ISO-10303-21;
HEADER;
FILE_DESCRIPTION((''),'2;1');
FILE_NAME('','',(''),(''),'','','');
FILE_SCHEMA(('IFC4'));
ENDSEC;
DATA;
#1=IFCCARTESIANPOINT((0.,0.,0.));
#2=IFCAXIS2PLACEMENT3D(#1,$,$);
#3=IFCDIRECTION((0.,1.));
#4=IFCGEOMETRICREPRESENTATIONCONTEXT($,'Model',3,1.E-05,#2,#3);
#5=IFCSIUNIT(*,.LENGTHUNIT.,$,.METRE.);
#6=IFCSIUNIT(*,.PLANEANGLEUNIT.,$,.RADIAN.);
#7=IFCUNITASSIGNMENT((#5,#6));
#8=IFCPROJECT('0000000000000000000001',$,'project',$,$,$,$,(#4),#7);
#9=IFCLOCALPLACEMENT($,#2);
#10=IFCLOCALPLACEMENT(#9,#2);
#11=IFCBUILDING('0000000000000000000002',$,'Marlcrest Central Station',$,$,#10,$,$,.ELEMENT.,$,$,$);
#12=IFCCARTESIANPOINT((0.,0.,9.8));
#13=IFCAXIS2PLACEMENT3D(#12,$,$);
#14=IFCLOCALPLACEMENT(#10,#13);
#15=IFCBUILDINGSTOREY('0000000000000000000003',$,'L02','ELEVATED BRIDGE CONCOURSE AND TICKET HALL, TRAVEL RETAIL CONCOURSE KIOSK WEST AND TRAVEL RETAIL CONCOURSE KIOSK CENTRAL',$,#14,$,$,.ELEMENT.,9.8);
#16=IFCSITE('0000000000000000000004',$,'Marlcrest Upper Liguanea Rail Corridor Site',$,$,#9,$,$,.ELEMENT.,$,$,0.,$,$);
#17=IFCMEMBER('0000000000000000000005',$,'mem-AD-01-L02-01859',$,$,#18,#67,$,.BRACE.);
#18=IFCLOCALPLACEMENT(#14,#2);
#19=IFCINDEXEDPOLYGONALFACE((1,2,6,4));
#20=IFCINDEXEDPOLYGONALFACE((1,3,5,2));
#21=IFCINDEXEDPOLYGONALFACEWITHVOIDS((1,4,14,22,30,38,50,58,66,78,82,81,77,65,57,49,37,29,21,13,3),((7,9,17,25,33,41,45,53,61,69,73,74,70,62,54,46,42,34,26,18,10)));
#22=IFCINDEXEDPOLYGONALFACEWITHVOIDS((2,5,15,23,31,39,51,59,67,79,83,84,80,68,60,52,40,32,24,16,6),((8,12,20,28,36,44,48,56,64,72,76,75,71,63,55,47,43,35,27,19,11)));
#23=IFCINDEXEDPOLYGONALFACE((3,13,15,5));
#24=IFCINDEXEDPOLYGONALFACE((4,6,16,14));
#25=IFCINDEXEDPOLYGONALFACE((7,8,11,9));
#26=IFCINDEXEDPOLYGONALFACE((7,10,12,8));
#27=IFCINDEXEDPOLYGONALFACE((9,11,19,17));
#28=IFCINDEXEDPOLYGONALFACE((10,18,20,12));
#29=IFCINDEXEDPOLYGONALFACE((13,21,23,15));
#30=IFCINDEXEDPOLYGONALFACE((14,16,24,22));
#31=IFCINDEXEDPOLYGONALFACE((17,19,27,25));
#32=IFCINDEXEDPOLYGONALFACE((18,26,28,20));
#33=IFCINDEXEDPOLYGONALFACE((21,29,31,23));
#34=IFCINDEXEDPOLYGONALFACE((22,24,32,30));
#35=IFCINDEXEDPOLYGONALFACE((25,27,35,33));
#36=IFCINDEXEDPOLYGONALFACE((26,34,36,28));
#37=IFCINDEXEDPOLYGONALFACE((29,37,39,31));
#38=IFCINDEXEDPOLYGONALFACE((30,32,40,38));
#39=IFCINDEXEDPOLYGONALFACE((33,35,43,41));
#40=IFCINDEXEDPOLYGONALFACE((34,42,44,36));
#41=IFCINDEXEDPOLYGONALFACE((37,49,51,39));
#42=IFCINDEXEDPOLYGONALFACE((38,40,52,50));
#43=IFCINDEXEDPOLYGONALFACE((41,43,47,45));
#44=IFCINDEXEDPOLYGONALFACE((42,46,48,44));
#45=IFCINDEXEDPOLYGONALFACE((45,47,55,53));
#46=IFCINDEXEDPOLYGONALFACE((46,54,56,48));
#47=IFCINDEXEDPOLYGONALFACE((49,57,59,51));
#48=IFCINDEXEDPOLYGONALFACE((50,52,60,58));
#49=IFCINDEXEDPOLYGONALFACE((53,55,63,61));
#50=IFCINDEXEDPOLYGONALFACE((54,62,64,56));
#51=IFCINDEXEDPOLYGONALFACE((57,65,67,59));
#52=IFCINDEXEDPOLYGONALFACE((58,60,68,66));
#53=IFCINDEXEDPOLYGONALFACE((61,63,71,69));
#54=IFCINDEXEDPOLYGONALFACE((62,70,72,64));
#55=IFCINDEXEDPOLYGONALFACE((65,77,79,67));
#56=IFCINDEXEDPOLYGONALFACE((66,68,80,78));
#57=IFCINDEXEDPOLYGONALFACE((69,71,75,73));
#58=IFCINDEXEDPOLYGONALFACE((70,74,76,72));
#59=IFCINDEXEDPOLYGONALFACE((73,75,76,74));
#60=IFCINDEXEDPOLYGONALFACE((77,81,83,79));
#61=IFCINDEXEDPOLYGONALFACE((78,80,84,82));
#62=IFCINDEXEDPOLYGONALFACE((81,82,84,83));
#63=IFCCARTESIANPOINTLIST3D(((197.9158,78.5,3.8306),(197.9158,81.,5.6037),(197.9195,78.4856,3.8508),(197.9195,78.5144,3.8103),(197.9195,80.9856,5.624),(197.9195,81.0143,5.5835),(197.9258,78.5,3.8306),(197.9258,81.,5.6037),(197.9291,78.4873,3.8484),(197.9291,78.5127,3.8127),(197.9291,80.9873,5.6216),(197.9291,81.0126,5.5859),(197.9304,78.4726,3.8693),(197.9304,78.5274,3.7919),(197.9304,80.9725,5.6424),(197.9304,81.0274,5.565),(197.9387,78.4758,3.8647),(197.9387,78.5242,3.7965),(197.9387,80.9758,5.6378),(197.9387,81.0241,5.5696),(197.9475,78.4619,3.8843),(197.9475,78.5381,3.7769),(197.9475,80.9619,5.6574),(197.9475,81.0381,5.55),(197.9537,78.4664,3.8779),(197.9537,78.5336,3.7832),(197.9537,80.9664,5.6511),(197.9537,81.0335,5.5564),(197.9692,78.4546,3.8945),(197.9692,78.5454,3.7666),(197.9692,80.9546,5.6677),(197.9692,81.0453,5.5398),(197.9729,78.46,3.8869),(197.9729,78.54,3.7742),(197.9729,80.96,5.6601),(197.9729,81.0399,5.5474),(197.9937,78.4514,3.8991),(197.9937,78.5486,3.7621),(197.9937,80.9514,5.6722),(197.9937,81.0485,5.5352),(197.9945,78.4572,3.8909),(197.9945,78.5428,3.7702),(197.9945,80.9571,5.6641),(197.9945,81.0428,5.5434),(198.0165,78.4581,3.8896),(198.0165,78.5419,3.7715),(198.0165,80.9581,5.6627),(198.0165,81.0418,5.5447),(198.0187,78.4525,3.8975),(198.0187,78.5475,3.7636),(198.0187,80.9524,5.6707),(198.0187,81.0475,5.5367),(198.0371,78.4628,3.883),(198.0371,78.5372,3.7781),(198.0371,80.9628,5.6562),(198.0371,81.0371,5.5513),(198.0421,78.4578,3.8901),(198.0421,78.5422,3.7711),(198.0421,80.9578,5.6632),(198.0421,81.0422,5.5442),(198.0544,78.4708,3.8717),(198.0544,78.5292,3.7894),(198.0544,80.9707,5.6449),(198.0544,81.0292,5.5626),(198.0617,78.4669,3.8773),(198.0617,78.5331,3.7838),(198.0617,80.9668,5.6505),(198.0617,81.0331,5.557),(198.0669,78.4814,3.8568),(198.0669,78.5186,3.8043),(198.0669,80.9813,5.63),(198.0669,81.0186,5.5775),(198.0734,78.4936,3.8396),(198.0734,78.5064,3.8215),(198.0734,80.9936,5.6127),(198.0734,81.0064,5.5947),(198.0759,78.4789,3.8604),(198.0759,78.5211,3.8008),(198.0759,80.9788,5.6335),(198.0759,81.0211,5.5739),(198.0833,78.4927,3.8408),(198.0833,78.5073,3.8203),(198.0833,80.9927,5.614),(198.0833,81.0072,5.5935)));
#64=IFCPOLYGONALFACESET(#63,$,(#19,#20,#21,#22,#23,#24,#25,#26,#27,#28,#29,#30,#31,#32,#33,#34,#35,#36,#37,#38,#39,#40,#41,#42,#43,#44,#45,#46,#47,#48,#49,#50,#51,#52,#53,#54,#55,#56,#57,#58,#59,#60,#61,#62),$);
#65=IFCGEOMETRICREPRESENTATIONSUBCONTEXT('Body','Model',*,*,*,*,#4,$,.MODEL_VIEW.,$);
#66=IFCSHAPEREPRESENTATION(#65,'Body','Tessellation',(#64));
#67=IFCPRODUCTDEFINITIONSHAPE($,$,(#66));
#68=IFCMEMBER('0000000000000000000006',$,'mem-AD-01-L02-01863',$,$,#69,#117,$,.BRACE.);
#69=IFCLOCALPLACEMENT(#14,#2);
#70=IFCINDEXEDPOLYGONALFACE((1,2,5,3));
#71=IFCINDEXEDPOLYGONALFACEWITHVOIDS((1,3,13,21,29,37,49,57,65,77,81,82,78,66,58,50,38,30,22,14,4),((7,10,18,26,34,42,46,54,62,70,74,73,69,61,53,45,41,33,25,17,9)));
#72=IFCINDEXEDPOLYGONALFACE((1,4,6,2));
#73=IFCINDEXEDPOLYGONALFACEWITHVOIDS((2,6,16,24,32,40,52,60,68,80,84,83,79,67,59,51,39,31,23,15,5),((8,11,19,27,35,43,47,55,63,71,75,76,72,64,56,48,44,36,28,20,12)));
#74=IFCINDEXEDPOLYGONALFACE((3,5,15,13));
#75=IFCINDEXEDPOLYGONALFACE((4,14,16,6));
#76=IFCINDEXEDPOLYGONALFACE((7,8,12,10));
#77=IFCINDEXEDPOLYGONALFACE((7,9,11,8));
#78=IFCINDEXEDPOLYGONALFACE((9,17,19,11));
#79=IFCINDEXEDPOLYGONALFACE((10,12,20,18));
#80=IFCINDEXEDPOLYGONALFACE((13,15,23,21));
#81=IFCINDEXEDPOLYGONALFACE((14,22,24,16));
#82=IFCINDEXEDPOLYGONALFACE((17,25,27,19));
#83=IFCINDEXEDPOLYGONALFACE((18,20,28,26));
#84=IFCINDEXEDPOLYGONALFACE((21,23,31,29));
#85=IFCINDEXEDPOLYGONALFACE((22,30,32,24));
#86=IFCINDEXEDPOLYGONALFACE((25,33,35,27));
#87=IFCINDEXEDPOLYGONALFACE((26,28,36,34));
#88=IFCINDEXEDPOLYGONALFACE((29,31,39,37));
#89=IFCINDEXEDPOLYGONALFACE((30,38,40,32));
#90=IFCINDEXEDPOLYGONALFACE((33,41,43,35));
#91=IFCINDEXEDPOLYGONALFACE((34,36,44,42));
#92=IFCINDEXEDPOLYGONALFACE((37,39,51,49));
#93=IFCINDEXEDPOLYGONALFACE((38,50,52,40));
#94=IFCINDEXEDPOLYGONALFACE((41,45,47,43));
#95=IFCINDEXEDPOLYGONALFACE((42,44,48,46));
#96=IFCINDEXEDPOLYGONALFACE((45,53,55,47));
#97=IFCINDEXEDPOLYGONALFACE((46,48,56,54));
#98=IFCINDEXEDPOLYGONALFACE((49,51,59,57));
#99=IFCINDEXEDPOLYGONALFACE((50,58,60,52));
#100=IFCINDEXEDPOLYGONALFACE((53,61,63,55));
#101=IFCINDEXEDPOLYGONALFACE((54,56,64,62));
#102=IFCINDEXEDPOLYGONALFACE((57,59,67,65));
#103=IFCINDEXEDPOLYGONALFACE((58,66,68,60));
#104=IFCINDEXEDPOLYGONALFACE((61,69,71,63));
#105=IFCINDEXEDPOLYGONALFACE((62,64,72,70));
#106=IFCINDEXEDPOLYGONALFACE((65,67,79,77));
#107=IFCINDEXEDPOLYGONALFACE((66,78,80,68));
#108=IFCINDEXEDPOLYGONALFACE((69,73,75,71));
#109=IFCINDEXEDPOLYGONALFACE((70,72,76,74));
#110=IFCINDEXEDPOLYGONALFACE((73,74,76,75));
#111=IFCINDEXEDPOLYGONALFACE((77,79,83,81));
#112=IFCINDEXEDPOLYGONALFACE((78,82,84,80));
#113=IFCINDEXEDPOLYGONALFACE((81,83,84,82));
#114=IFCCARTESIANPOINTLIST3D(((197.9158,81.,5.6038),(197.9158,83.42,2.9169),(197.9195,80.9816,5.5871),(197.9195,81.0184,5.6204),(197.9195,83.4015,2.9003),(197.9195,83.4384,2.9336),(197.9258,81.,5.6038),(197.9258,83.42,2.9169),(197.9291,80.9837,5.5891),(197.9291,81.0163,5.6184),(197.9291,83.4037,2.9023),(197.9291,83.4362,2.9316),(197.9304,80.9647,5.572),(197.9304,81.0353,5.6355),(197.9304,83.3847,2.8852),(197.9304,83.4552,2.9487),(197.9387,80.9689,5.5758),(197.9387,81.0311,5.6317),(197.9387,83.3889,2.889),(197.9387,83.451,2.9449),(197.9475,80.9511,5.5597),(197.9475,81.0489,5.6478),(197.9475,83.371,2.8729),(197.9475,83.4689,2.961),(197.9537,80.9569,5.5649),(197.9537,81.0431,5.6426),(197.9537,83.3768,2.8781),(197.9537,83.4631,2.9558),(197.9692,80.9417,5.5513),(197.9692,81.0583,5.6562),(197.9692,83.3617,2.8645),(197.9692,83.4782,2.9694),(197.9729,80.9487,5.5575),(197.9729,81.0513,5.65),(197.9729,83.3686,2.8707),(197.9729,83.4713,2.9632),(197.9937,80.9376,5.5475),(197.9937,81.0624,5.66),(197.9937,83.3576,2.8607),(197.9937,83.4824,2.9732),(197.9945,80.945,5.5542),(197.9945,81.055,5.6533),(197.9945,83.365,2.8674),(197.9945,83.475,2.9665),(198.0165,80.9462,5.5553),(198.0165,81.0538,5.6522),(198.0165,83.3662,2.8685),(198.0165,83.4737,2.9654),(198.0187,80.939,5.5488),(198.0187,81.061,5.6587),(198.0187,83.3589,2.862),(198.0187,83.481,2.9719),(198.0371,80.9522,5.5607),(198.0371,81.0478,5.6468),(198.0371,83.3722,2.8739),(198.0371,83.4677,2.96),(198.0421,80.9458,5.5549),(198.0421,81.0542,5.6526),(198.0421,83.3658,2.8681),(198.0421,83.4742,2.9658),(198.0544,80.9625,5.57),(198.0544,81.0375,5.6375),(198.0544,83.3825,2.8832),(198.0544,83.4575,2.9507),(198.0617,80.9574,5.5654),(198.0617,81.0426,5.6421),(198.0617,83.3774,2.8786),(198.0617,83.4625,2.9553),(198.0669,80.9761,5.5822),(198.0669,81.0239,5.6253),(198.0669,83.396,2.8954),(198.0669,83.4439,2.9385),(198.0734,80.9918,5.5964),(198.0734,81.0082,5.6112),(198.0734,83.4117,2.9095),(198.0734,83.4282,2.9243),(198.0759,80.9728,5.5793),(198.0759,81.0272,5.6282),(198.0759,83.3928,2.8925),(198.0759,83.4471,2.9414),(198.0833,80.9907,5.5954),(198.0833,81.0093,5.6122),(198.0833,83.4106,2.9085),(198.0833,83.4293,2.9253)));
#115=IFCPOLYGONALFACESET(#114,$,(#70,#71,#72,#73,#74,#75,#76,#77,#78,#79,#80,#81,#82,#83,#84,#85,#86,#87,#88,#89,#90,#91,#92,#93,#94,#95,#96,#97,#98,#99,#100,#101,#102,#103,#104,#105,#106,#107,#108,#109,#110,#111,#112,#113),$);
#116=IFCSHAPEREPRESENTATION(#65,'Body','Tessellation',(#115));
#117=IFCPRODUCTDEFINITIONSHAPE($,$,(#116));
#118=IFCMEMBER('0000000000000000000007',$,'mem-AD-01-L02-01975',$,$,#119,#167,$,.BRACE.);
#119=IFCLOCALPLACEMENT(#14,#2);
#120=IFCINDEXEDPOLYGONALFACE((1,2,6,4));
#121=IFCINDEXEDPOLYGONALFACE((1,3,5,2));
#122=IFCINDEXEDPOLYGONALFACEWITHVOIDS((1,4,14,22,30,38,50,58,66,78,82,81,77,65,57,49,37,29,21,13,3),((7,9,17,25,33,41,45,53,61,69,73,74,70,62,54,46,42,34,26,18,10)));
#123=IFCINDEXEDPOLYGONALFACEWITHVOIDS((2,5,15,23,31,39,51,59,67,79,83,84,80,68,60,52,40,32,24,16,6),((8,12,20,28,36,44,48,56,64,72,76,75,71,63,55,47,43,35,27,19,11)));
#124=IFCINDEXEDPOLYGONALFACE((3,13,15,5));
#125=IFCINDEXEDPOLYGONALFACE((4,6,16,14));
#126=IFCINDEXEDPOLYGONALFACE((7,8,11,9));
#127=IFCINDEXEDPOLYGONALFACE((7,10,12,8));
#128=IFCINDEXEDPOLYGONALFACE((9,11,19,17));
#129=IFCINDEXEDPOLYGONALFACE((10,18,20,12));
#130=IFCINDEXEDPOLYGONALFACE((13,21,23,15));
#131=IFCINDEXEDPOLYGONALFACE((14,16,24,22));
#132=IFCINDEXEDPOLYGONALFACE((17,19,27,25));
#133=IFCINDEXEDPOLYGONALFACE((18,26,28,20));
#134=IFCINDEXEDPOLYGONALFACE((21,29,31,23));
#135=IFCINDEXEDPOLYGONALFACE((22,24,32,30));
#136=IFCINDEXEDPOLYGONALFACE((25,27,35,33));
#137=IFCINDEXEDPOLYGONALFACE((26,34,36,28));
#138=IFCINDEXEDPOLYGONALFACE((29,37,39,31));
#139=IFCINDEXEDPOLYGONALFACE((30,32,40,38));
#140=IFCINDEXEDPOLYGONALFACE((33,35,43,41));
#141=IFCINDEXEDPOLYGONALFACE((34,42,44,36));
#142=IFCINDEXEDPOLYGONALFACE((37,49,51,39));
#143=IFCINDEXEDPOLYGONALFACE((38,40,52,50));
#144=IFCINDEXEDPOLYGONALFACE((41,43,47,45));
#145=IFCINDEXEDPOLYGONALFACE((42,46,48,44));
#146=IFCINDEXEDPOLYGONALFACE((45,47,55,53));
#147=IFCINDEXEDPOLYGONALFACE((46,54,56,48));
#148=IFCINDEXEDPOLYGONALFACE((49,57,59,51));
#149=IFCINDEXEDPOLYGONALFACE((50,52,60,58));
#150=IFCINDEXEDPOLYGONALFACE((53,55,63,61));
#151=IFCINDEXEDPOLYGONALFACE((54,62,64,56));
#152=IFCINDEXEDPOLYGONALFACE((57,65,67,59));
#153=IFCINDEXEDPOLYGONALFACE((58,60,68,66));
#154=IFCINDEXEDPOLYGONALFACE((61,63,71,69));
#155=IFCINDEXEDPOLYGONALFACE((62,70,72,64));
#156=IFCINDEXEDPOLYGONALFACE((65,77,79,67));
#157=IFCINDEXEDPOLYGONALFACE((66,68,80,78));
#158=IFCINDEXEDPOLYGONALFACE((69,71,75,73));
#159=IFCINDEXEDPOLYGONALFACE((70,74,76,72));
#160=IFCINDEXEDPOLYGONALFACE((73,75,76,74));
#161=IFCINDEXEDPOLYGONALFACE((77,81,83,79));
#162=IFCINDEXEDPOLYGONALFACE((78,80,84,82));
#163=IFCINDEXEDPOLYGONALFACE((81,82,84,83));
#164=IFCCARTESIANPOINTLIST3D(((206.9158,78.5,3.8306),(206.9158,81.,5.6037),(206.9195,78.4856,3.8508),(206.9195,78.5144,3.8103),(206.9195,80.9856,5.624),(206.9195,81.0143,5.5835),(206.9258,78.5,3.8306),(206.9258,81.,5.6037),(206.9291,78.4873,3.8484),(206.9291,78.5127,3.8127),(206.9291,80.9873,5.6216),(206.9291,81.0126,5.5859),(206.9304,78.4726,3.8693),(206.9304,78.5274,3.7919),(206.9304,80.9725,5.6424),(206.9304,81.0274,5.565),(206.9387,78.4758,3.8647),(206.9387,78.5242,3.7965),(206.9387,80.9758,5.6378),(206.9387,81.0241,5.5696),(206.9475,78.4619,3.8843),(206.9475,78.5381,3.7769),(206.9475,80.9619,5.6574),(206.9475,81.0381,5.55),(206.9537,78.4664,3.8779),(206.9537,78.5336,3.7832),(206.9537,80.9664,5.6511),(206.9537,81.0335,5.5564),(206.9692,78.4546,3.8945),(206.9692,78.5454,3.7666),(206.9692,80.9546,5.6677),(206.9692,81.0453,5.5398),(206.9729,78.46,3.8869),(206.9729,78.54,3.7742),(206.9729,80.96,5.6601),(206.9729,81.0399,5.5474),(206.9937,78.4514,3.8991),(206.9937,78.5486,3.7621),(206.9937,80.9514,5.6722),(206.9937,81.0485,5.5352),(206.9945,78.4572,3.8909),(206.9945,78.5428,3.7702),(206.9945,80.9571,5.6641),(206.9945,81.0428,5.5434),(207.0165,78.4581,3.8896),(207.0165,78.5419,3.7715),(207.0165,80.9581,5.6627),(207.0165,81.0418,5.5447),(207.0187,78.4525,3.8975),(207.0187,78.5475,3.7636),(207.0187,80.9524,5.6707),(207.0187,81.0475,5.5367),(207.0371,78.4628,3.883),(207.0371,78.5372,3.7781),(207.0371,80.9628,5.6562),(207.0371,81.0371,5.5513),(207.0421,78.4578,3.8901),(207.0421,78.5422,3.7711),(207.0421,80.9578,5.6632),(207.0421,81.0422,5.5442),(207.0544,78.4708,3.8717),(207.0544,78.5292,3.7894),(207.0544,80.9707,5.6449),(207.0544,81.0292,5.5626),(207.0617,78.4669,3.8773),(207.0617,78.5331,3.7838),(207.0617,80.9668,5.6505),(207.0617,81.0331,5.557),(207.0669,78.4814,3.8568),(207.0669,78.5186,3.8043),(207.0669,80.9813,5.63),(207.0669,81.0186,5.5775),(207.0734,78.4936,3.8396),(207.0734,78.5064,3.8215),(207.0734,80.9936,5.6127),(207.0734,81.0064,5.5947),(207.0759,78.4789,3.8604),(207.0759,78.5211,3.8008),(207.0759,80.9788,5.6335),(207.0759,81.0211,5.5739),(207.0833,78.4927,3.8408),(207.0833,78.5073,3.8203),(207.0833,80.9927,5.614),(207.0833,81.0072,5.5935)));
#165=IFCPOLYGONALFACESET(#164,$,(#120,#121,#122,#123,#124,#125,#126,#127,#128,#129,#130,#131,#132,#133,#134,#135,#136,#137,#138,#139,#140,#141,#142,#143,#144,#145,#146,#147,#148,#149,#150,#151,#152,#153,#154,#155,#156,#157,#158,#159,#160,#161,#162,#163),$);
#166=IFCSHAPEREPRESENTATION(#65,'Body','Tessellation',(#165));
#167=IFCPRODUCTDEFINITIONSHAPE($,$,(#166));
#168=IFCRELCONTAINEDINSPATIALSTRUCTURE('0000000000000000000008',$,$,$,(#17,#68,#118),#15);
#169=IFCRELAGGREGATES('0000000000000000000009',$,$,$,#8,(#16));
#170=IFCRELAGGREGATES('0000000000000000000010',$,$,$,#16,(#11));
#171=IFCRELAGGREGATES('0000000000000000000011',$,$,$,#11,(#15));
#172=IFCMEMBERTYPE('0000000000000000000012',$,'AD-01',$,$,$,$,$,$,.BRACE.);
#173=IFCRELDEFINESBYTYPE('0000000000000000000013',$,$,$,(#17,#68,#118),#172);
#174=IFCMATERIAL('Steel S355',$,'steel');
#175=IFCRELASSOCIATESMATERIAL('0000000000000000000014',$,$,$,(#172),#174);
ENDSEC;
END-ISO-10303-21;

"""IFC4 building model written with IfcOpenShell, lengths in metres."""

from ifc_helpers import new_model, si_unit, direction, frame, origin, origin_2d, place, context, subcontext, project, spatial, hollow_circle, extrude, material, material_profile, profile_set, type_object, element, save


model = new_model("IFC4")

# Units and contexts
model_context = context("Model", 3, precision=1e-05, world=origin(), true_north=direction((0.0, 1.0)))
body_context = subcontext(model_context, "Body", "Model", "MODEL_VIEW")
ifc_project = project(units=[si_unit("LENGTHUNIT", "METRE"), si_unit("PLANEANGLEUNIT", "RADIAN")], contexts=[model_context])

# Site, building, storey
site_placement = place(None, origin())
site = spatial("IfcSite", under=ifc_project, at=site_placement, Name="Marlcrest Upper Liguanea Rail Corridor Site", CompositionType="ELEMENT", RefElevation=0.0)
building_placement = place(site_placement, origin())
building = spatial("IfcBuilding", under=site, at=building_placement, Name="Marlcrest Central Station", CompositionType="ELEMENT")
storey_placement = place(building_placement, frame((0.0, 0.0, 9.8)))
storey = spatial("IfcBuildingStorey", under=building, at=storey_placement, Name="L02", Description="ELEVATED BRIDGE CONCOURSE AND TICKET HALL, TRAVEL RETAIL CONCOURSE KIOSK WEST AND TRAVEL RETAIL CONCOURSE KIOSK CENTRAL", CompositionType="ELEMENT", Elevation=9.8)

# Members
ifc_material_1 = material(Name="Steel S355", Category="steel")
ifc_material_profile_1 = material_profile(ifc_material_1, hollow_circle(Radius=0.0842, WallThickness=0.01, at=origin_2d()), Name="CHS 168.3x10")
ifc_profile_set_1 = profile_set([ifc_material_profile_1], Name="Steel S355")
member_type_1 = type_object("IfcMemberType", Name="AD-01", PredefinedType="BRACE", material=ifc_profile_set_1)
member_1_placement = place(storey_placement, frame((198.0, 78.5, 3.8306), z_axis=(0.0, 0.815661, 0.57853), x_axis=(-1.0, 0.0, 0.0)))
element("IfcMember", 1, at=member_1_placement, inside=storey, type_object=member_type_1, Name="mem-AD-01-L02-01859", PredefinedType="BRACE", context=body_context, shape_type="SweptSolid", body=[
    extrude(hollow_circle(Radius=0.0842, WallThickness=0.01, at=origin_2d()), origin(), (0.0, 0.0, 1.0), 3.0649),
])
member_2_placement = place(storey_placement, frame((198.0, 81.0, 5.6038), z_axis=(0.0, 0.669244, -0.743042), x_axis=(-1.0, 0.0, 0.0)))
element("IfcMember", 2, at=member_2_placement, inside=storey, type_object=member_type_1, Name="mem-AD-01-L02-01863", PredefinedType="BRACE", context=body_context, shape_type="SweptSolid", body=[
    extrude(hollow_circle(Radius=0.0842, WallThickness=0.01, at=origin_2d()), origin(), (0.0, 0.0, 1.0), 3.616),
])
member_3_placement = place(storey_placement, frame((207.0, 78.5, 3.8306), z_axis=(0.0, 0.815661, 0.57853), x_axis=(-1.0, 0.0, 0.0)))
element("IfcMember", 3, at=member_3_placement, inside=storey, type_object=member_type_1, Name="mem-AD-01-L02-01975", PredefinedType="BRACE", context=body_context, shape_type="SweptSolid", body=[
    extrude(hollow_circle(Radius=0.0842, WallThickness=0.01, at=origin_2d()), origin(), (0.0, 0.0, 1.0), 3.0649),
])

save(model, "model.ifc")
